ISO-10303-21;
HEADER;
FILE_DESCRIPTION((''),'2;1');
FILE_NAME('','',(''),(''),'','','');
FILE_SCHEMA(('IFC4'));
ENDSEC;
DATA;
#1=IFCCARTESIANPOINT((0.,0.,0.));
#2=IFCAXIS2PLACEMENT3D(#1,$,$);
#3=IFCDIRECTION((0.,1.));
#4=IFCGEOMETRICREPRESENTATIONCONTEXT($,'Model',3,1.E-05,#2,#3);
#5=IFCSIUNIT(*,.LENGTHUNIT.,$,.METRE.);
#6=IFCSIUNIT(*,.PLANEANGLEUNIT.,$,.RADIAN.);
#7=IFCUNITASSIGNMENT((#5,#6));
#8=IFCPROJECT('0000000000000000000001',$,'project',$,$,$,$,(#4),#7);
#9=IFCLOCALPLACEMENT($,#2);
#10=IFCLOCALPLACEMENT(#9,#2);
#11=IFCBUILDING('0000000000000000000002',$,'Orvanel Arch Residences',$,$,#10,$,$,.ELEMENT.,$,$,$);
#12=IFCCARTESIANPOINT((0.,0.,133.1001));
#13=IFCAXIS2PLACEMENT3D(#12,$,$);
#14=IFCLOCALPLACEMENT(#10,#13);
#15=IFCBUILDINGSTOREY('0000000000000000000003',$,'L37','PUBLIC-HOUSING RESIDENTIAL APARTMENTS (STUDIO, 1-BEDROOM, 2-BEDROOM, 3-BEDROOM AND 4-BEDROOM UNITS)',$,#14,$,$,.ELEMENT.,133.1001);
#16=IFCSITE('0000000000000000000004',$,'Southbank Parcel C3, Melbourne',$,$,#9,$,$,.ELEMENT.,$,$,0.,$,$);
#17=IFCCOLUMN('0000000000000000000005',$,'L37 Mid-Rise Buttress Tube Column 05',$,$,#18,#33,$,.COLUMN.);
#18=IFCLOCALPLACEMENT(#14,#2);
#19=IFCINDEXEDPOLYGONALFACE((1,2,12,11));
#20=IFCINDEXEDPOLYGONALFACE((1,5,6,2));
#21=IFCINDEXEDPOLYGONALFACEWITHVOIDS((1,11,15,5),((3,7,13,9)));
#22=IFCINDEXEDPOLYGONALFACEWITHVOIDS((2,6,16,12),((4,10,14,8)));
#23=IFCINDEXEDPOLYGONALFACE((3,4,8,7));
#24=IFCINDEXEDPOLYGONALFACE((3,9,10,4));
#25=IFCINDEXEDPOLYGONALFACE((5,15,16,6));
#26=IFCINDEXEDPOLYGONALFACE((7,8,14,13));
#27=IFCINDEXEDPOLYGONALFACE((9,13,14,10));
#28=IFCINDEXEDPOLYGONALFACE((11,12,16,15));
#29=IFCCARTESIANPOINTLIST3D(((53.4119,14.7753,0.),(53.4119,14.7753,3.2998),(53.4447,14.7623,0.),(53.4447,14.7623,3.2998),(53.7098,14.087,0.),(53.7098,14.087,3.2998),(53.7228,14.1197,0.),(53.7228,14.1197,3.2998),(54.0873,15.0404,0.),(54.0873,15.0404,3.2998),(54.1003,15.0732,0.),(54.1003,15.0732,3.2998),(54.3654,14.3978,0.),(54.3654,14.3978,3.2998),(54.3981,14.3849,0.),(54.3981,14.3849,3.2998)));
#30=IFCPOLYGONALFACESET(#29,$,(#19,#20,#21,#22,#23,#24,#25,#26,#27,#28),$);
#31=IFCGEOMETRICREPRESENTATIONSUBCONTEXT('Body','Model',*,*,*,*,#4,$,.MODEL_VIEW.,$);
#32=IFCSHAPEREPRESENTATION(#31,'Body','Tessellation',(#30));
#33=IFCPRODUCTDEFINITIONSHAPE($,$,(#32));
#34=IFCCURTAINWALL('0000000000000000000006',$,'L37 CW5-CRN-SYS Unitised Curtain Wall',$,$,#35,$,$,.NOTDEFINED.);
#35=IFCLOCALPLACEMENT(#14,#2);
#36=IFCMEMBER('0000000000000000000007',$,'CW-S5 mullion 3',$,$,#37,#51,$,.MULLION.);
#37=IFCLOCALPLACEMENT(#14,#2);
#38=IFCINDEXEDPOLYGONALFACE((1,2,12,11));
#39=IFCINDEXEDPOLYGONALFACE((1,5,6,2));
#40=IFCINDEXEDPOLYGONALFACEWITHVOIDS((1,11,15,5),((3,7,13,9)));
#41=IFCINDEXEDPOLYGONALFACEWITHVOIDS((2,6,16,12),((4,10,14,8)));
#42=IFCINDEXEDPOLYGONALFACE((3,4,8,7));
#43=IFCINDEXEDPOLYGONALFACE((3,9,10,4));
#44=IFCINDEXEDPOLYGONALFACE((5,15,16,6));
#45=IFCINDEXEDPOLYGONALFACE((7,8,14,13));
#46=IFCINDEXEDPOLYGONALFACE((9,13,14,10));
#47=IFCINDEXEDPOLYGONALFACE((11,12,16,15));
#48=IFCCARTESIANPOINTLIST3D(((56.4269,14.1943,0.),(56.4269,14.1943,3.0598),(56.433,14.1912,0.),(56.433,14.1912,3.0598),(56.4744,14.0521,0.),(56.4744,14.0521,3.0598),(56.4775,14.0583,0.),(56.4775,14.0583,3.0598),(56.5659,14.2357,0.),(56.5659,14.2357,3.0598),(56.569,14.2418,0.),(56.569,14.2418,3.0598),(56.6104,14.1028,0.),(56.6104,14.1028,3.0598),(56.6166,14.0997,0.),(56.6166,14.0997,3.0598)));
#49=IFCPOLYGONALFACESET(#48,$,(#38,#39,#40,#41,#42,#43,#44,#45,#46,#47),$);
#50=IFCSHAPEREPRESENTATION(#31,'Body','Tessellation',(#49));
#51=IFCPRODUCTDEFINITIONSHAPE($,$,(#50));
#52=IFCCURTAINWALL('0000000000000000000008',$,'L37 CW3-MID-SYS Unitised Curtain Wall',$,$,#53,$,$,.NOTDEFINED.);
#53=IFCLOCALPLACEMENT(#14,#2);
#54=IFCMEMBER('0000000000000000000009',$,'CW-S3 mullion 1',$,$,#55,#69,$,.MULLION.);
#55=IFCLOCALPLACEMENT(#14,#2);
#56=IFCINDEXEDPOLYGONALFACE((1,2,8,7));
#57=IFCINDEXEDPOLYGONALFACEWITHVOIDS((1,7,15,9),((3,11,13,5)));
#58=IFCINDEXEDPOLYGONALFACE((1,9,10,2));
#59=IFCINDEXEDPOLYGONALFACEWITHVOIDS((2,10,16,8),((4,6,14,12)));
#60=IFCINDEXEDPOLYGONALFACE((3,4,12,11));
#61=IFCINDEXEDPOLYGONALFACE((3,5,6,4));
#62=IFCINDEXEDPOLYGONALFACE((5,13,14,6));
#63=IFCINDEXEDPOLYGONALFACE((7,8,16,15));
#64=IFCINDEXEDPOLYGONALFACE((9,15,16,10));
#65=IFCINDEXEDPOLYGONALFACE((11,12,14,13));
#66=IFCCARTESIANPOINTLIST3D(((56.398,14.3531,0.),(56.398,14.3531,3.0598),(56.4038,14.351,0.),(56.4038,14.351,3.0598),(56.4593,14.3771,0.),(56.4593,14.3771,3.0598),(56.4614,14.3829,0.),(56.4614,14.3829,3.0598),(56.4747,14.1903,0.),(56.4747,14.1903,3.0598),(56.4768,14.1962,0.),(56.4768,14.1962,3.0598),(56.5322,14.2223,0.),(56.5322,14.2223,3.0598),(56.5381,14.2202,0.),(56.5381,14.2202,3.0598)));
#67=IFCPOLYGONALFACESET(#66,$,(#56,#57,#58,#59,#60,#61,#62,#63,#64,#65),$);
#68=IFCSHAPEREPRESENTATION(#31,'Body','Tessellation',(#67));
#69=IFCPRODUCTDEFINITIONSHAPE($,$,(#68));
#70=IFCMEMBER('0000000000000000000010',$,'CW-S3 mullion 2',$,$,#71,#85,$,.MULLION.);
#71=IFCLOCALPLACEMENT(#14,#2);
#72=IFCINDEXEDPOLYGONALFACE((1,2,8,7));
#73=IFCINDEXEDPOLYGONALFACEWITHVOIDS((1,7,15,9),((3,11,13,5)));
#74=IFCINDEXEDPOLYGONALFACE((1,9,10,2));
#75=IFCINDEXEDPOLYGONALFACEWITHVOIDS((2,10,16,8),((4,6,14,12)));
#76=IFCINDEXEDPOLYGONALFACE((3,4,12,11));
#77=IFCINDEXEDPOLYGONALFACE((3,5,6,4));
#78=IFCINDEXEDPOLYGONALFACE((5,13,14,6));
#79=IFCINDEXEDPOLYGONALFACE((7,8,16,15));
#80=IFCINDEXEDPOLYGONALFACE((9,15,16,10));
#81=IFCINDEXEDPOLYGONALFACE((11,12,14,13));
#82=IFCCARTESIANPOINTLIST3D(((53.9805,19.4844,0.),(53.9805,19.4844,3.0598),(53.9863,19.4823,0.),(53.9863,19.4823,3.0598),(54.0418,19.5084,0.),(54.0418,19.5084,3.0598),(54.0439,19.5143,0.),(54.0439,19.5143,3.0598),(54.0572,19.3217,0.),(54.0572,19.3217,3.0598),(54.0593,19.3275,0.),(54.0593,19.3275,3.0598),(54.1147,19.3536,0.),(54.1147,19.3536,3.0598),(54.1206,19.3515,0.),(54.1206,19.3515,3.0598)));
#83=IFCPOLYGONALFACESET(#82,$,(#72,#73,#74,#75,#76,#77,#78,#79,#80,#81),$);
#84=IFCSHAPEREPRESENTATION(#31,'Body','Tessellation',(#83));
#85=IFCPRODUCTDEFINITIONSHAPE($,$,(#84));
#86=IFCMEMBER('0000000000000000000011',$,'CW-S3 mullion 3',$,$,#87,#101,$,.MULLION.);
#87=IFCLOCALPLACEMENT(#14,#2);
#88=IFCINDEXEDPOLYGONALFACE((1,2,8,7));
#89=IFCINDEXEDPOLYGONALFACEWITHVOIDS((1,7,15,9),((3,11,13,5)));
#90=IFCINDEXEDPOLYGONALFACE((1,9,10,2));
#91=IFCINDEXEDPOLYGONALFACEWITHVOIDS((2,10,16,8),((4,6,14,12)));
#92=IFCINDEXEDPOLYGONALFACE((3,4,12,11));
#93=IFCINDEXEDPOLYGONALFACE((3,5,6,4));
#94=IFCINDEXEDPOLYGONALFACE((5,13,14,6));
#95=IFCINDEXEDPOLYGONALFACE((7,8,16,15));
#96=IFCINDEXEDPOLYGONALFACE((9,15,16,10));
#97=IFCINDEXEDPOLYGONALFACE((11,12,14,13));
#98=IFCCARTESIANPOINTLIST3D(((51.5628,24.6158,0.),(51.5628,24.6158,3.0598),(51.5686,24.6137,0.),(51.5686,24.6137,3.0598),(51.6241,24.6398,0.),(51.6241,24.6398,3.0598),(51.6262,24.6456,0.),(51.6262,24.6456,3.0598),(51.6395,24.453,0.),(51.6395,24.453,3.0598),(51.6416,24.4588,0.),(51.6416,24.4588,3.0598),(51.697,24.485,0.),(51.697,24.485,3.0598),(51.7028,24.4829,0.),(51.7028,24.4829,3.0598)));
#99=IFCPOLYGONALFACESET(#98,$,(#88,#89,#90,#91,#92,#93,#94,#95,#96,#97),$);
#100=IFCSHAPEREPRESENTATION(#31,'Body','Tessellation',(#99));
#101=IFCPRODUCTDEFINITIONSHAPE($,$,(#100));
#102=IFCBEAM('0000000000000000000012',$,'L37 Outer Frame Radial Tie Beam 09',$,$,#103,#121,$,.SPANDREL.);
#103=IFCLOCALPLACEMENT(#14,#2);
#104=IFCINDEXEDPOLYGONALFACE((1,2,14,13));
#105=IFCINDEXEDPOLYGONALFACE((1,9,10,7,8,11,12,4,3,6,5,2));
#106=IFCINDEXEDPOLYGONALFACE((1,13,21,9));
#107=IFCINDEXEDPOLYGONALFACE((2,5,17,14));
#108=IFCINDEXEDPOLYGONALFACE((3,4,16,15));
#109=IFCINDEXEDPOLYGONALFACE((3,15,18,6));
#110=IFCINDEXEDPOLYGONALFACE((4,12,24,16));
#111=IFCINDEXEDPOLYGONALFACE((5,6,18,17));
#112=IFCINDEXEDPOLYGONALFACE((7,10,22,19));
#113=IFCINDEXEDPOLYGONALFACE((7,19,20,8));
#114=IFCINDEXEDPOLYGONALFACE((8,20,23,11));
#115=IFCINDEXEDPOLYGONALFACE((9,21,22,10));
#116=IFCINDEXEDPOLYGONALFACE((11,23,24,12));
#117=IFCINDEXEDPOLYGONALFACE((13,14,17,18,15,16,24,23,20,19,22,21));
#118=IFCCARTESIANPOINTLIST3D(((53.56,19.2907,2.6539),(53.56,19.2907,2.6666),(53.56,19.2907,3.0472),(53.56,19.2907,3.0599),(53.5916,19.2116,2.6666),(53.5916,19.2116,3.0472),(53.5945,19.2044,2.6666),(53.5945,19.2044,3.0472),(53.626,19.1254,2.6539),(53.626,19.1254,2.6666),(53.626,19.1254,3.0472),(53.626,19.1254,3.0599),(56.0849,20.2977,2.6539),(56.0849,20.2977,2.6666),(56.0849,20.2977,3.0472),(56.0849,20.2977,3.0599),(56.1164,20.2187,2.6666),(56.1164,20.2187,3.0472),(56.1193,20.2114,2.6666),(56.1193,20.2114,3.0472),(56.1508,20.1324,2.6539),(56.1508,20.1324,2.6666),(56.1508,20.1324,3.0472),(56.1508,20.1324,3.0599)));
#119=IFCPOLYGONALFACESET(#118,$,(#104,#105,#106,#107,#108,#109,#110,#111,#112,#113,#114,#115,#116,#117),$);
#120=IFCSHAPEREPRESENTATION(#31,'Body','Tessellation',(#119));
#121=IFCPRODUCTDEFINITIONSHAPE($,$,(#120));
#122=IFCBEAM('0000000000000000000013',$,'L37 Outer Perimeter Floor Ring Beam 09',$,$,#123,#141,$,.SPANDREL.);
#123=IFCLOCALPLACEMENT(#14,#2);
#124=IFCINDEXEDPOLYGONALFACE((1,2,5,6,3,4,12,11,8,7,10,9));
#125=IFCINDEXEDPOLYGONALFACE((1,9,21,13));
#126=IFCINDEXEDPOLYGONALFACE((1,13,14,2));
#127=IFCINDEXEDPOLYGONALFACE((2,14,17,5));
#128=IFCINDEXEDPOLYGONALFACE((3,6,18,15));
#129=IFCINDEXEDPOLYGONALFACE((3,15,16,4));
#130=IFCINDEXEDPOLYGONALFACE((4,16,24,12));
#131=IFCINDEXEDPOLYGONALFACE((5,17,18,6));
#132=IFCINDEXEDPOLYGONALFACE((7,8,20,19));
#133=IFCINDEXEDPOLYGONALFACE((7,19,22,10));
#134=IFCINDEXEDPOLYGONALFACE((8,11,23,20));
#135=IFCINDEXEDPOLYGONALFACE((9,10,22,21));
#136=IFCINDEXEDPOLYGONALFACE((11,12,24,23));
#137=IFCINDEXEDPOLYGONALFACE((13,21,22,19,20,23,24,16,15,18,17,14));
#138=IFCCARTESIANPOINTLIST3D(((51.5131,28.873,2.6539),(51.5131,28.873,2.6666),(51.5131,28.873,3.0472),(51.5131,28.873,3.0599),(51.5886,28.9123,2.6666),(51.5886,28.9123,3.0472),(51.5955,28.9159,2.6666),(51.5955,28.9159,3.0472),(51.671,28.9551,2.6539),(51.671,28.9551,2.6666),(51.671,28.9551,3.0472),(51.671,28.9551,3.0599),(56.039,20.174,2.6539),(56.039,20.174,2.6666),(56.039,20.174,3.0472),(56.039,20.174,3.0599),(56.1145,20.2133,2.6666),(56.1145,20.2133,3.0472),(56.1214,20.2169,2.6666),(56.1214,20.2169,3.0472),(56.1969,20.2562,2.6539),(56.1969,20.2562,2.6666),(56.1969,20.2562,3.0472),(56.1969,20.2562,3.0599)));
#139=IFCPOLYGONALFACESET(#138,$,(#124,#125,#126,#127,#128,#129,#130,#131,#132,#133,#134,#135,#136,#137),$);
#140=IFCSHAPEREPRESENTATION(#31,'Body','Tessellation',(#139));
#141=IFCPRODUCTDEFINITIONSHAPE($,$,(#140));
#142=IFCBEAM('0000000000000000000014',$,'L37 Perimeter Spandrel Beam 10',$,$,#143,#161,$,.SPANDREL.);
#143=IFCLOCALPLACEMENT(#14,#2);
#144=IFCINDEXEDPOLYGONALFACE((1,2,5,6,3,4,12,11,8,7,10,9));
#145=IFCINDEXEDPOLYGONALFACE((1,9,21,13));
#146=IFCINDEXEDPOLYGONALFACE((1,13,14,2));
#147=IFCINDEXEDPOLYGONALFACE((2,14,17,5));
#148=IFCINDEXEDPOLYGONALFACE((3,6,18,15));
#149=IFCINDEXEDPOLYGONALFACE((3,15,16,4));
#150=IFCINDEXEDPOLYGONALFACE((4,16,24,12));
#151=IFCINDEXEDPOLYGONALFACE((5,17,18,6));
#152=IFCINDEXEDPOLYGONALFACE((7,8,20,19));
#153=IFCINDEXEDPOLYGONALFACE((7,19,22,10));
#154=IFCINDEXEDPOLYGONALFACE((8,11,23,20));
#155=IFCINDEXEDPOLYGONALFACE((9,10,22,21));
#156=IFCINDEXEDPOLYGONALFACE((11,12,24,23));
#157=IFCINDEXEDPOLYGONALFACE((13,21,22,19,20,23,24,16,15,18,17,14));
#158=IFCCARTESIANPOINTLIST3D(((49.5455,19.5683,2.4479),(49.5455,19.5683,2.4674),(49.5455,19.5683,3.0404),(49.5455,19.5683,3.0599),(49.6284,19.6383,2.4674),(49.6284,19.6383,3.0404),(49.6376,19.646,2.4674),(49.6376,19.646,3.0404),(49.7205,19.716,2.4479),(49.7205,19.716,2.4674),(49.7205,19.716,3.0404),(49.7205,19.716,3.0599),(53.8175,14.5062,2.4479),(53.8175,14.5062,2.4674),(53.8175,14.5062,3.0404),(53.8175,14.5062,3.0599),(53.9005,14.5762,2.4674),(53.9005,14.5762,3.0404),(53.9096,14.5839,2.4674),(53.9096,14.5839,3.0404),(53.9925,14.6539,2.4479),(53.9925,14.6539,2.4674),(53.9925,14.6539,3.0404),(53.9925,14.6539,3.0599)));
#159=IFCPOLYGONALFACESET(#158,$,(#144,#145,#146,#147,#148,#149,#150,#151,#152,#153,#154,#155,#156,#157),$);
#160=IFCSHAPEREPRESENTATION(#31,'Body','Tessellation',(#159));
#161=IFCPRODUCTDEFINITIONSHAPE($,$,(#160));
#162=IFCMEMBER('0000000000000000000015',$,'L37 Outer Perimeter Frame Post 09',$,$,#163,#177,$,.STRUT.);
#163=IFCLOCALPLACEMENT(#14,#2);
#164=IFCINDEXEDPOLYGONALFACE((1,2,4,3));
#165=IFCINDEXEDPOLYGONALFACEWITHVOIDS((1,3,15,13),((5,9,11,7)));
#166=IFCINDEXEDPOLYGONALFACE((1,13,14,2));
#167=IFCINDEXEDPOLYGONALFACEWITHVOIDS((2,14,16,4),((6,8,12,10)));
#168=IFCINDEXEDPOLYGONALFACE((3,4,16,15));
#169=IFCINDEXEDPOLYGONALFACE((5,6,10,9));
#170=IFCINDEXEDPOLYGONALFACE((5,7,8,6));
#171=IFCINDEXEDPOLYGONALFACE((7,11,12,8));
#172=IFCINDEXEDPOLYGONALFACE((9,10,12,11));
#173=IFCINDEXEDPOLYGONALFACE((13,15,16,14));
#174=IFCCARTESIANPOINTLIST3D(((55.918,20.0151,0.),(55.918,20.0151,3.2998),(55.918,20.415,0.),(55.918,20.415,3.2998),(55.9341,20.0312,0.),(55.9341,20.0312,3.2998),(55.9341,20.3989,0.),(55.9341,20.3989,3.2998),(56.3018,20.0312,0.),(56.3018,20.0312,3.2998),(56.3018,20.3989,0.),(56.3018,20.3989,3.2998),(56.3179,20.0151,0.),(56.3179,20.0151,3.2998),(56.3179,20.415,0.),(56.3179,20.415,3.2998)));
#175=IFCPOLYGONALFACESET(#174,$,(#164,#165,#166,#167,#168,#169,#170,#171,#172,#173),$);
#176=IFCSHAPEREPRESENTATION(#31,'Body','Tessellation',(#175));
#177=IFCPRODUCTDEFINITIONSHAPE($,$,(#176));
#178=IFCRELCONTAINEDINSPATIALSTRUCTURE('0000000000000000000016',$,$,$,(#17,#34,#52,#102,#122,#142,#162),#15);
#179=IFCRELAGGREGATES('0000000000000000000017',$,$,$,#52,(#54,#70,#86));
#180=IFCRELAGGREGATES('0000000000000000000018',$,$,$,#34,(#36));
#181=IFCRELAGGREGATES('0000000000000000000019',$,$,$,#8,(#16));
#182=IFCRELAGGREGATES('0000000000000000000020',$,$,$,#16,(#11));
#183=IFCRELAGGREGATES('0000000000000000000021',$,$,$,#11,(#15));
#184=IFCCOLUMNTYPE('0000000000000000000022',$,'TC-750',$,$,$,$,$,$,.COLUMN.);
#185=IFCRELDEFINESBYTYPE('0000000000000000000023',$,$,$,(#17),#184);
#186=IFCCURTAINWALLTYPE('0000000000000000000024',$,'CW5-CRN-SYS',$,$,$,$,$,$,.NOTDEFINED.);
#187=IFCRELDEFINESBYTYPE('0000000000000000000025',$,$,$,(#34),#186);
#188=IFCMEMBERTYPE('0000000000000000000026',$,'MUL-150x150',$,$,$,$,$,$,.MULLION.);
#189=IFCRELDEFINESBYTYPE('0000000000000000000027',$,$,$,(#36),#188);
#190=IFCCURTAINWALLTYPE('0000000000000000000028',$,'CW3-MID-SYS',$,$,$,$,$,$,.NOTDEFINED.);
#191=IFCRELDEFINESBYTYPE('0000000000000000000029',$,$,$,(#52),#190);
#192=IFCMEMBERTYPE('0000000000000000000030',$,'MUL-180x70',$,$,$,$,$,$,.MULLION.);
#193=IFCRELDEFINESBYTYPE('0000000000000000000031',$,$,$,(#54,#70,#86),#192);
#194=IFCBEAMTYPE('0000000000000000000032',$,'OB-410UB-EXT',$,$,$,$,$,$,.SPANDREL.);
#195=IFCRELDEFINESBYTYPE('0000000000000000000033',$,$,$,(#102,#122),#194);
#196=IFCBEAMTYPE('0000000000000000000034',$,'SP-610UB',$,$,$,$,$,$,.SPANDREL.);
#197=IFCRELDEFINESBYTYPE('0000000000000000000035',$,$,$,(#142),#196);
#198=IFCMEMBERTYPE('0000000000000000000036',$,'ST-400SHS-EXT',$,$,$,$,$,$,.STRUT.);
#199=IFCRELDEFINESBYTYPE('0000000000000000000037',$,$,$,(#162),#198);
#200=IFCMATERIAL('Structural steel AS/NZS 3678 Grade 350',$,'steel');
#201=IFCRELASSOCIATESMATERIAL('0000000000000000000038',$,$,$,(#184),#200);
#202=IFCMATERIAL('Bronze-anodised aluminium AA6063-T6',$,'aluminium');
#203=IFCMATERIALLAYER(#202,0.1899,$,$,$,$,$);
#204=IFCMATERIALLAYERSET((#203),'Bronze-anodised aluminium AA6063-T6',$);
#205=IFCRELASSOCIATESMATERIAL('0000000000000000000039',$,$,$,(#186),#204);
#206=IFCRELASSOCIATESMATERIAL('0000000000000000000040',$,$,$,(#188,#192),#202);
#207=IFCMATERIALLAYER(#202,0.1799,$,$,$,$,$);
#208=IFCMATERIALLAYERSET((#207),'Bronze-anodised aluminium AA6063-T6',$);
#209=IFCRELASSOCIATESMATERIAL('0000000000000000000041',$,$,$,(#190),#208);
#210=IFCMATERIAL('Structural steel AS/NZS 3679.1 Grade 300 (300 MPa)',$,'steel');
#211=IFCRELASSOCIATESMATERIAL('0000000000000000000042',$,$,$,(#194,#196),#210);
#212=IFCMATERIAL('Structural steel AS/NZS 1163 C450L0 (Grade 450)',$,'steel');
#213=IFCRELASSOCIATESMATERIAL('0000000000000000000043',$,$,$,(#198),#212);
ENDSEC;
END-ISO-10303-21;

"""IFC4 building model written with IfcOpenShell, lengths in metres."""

from ifc_helpers import new_model, si_unit, direction, frame, origin, origin_2d, place, context, subcontext, project, spatial, hollow_rectangle, i_section, extrude, material, layer, layer_set, material_profile, profile_set, type_object, element, aggregate, save


model = new_model("IFC4")

# Units and contexts
model_context = context("Model", 3, precision=1e-05, world=origin(), true_north=direction((0.0, 1.0)))
body_context = subcontext(model_context, "Body", "Model", "MODEL_VIEW")
ifc_project = project(units=[si_unit("LENGTHUNIT", "METRE"), si_unit("PLANEANGLEUNIT", "RADIAN")], contexts=[model_context])

# Site, building, storey
site_placement = place(None, origin())
site = spatial("IfcSite", under=ifc_project, at=site_placement, Name="Southbank Parcel C3, Melbourne", CompositionType="ELEMENT", RefElevation=0.0)
building_placement = place(site_placement, origin())
building = spatial("IfcBuilding", under=site, at=building_placement, Name="Orvanel Arch Residences", CompositionType="ELEMENT")
storey_placement = place(building_placement, frame((0.0, 0.0, 133.1001)))
storey = spatial("IfcBuildingStorey", under=building, at=storey_placement, Name="L37", Description="PUBLIC-HOUSING RESIDENTIAL APARTMENTS (STUDIO, 1-BEDROOM, 2-BEDROOM, 3-BEDROOM AND 4-BEDROOM UNITS)", CompositionType="ELEMENT", Elevation=133.1001)

# Column
ifc_material_1 = material(Name="Structural steel AS/NZS 3678 Grade 350", Category="steel")
ifc_material_profile_1 = material_profile(ifc_material_1, hollow_rectangle(XDim=0.75, YDim=0.75, WallThickness=0.0249, at=origin_2d()), Name="BOX750x750x25")
ifc_profile_set_1 = profile_set([ifc_material_profile_1], Name="Structural steel AS/NZS 3678 Grade 350")
column_type = type_object("IfcColumnType", Name="TC-750", PredefinedType="COLUMN", material=ifc_profile_set_1)
column_placement = place(storey_placement, frame((53.905, 14.5801, 0.0), z_axis=(0.0, 0.0, 1.0), x_axis=(-0.397148, 0.917755, 0.0)))
element("IfcColumn", 1, at=column_placement, inside=storey, type_object=column_type, Name="L37 Mid-Rise Buttress Tube Column 05", PredefinedType="COLUMN", context=body_context, shape_type="SweptSolid", body=[
    extrude(hollow_rectangle(XDim=0.75, YDim=0.75, WallThickness=0.0249, at=origin_2d()), origin(), (0.0, 0.0, 1.0), 3.2998),
])

# Curtain wall, member
ifc_material_2 = material(Name="Bronze-anodised aluminium AA6063-T6", Category="aluminium")
ifc_layer_1 = layer(ifc_material_2, 0.1899)
ifc_layer_set_1 = layer_set([ifc_layer_1], Name="Bronze-anodised aluminium AA6063-T6")
curtain_wall_type_1 = type_object("IfcCurtainWallType", Name="CW5-CRN-SYS", PredefinedType="NOTDEFINED", material=ifc_layer_set_1)
curtain_wall_1_placement = place(storey_placement, origin())
curtain_wall_1 = element("IfcCurtainWall", 2, at=curtain_wall_1_placement, inside=storey, type_object=curtain_wall_type_1, Name="L37 CW5-CRN-SYS Unitised Curtain Wall", PredefinedType="NOTDEFINED")
ifc_material_profile_2 = material_profile(ifc_material_2, hollow_rectangle(XDim=0.1499, YDim=0.1499, WallThickness=0.0049, at=origin_2d()), Name="ALU150x150x5")
ifc_profile_set_2 = profile_set([ifc_material_profile_2], Name="Bronze-anodised aluminium AA6063-T6")
member_type_1 = type_object("IfcMemberType", Name="MUL-150x150", PredefinedType="MULLION", material=ifc_profile_set_2)
member_1_placement = place(storey_placement, frame((56.5217, 14.147, 0.0), z_axis=(0.0, 0.0, 1.0), x_axis=(-0.948304, -0.317365, 0.0)))
member_1 = element("IfcMember", 3, at=member_1_placement, type_object=member_type_1, Name="CW-S5 mullion 3", PredefinedType="MULLION", context=body_context, shape_type="SweptSolid", body=[
    extrude(hollow_rectangle(XDim=0.1499, YDim=0.1499, WallThickness=0.0049, at=origin_2d()), origin(), (0.0, 0.0, 1.0), 3.0598),
])

# Curtain wall, members
ifc_layer_2 = layer(ifc_material_2, 0.1799)
ifc_layer_set_2 = layer_set([ifc_layer_2], Name="Bronze-anodised aluminium AA6063-T6")
curtain_wall_type_2 = type_object("IfcCurtainWallType", Name="CW3-MID-SYS", PredefinedType="NOTDEFINED", material=ifc_layer_set_2)
curtain_wall_2_placement = place(storey_placement, origin())
curtain_wall_2 = element("IfcCurtainWall", 4, at=curtain_wall_2_placement, inside=storey, type_object=curtain_wall_type_2, Name="L37 CW3-MID-SYS Unitised Curtain Wall", PredefinedType="NOTDEFINED")
ifc_material_profile_3 = material_profile(ifc_material_2, hollow_rectangle(XDim=0.0701, YDim=0.1799, WallThickness=0.0044, at=origin_2d()), Name="ALU180x70x4.5")
ifc_profile_set_3 = profile_set([ifc_material_profile_3], Name="Bronze-anodised aluminium AA6063-T6")
member_type_2 = type_object("IfcMemberType", Name="MUL-180x70", PredefinedType="MULLION", material=ifc_profile_set_3)
member_2_placement = place(storey_placement, frame((56.468, 14.2866, 0.0), z_axis=(0.0, 0.0, 1.0), x_axis=(-0.904626, -0.426206, 0.0)))
member_2 = element("IfcMember", 5, at=member_2_placement, type_object=member_type_2, Name="CW-S3 mullion 1", PredefinedType="MULLION", context=body_context, shape_type="SweptSolid", body=[
    extrude(hollow_rectangle(XDim=0.0701, YDim=0.1799, WallThickness=0.0044, at=origin_2d()), origin(), (0.0, 0.0, 1.0), 3.0598),
])
member_3_placement = place(storey_placement, frame((54.0505, 19.418, 0.0), z_axis=(0.0, 0.0, 1.0), x_axis=(-0.904626, -0.426206, 0.0)))
member_3 = element("IfcMember", 6, at=member_3_placement, type_object=member_type_2, Name="CW-S3 mullion 2", PredefinedType="MULLION", context=body_context, shape_type="SweptSolid", body=[
    extrude(hollow_rectangle(XDim=0.0701, YDim=0.1799, WallThickness=0.0044, at=origin_2d()), origin(), (0.0, 0.0, 1.0), 3.0598),
])
member_4_placement = place(storey_placement, frame((51.6328, 24.5493, 0.0), z_axis=(0.0, 0.0, 1.0), x_axis=(-0.904626, -0.426206, 0.0)))
member_4 = element("IfcMember", 7, at=member_4_placement, type_object=member_type_2, Name="CW-S3 mullion 3", PredefinedType="MULLION", context=body_context, shape_type="SweptSolid", body=[
    extrude(hollow_rectangle(XDim=0.0701, YDim=0.1799, WallThickness=0.0044, at=origin_2d()), origin(), (0.0, 0.0, 1.0), 3.0598),
])

# Beams
ifc_material_3 = material(Name="Structural steel AS/NZS 3679.1 Grade 300 (300 MPa)", Category="steel")
ifc_material_profile_4 = material_profile(ifc_material_3, i_section(OverallWidth=0.178, OverallDepth=0.406, WebThickness=0.0078, FlangeThickness=0.0127, at=origin_2d()), Name="410UB59.7")
ifc_profile_set_4 = profile_set([ifc_material_profile_4], Name="Structural steel AS/NZS 3679.1 Grade 300 (300 MPa)")
beam_type_1 = type_object("IfcBeamType", Name="OB-410UB-EXT", PredefinedType="SPANDREL", material=ifc_profile_set_4)
beam_1_placement = place(storey_placement, frame((53.593, 19.208, 2.8569), z_axis=(0.928842, 0.370477, 0.0), x_axis=(-0.370477, 0.928842, 0.0)))
element("IfcBeam", 8, at=beam_1_placement, inside=storey, type_object=beam_type_1, Name="L37 Outer Frame Radial Tie Beam 09", PredefinedType="SPANDREL", context=body_context, shape_type="SweptSolid", body=[
    extrude(i_section(OverallWidth=0.178, OverallDepth=0.406, WebThickness=0.0078, FlangeThickness=0.0127, at=origin_2d()), origin(), (0.0, 0.0, 1.0), 2.7183),
])
beam_2_placement = place(storey_placement, frame((56.1179, 20.2151, 2.8569), z_axis=(-0.461546, 0.887116, 0.0), x_axis=(-0.887116, -0.461546, 0.0)))
element("IfcBeam", 9, at=beam_2_placement, inside=storey, type_object=beam_type_1, Name="L37 Outer Perimeter Floor Ring Beam 09", PredefinedType="SPANDREL", context=body_context, shape_type="SweptSolid", body=[
    extrude(i_section(OverallWidth=0.178, OverallDepth=0.406, WebThickness=0.0078, FlangeThickness=0.0127, at=origin_2d()), origin(), (0.0, 0.0, 1.0), 9.8059),
])
ifc_material_profile_5 = material_profile(ifc_material_3, i_section(OverallWidth=0.229, OverallDepth=0.6121, WebThickness=0.012, FlangeThickness=0.0195, at=origin_2d()), Name="610UB125")
ifc_profile_set_5 = profile_set([ifc_material_profile_5], Name="Structural steel AS/NZS 3679.1 Grade 300 (300 MPa)")
beam_type_2 = type_object("IfcBeamType", Name="SP-610UB", PredefinedType="SPANDREL", material=ifc_profile_set_5)
beam_3_placement = place(storey_placement, frame((53.905, 14.5801, 2.7539), z_axis=(-0.64495, 0.764224, 0.0), x_axis=(-0.764224, -0.64495, 0.0)))
element("IfcBeam", 10, at=beam_3_placement, inside=storey, type_object=beam_type_2, Name="L37 Perimeter Spandrel Beam 10", PredefinedType="SPANDREL", context=body_context, shape_type="SweptSolid", body=[
    extrude(i_section(OverallWidth=0.229, OverallDepth=0.6121, WebThickness=0.012, FlangeThickness=0.0195, at=origin_2d()), origin(), (0.0, 0.0, 1.0), 6.6238),
])

# Member
ifc_material_4 = material(Name="Structural steel AS/NZS 1163 C450L0 (Grade 450)", Category="steel")
ifc_material_profile_6 = material_profile(ifc_material_4, hollow_rectangle(XDim=0.3999, YDim=0.3999, WallThickness=0.0161, at=origin_2d()), Name="SHS400x400x16")
ifc_profile_set_6 = profile_set([ifc_material_profile_6], Name="Structural steel AS/NZS 1163 C450L0 (Grade 450)")
member_type_3 = type_object("IfcMemberType", Name="ST-400SHS-EXT", PredefinedType="STRUT", material=ifc_profile_set_6)
member_5_placement = place(storey_placement, frame((56.1179, 20.2151, 0.0), z_axis=(0.0, 0.0, 1.0), x_axis=(1.0, 0.0, 0.0)))
element("IfcMember", 11, at=member_5_placement, inside=storey, type_object=member_type_3, Name="L37 Outer Perimeter Frame Post 09", PredefinedType="STRUT", context=body_context, shape_type="SweptSolid", body=[
    extrude(hollow_rectangle(XDim=0.3999, YDim=0.3999, WallThickness=0.0161, at=origin_2d()), origin(), (0.0, 0.0, 1.0), 3.2998),
])

aggregate(curtain_wall_2, [member_2, member_3, member_4])
aggregate(curtain_wall_1, [member_1])

save(model, "model.ifc")
